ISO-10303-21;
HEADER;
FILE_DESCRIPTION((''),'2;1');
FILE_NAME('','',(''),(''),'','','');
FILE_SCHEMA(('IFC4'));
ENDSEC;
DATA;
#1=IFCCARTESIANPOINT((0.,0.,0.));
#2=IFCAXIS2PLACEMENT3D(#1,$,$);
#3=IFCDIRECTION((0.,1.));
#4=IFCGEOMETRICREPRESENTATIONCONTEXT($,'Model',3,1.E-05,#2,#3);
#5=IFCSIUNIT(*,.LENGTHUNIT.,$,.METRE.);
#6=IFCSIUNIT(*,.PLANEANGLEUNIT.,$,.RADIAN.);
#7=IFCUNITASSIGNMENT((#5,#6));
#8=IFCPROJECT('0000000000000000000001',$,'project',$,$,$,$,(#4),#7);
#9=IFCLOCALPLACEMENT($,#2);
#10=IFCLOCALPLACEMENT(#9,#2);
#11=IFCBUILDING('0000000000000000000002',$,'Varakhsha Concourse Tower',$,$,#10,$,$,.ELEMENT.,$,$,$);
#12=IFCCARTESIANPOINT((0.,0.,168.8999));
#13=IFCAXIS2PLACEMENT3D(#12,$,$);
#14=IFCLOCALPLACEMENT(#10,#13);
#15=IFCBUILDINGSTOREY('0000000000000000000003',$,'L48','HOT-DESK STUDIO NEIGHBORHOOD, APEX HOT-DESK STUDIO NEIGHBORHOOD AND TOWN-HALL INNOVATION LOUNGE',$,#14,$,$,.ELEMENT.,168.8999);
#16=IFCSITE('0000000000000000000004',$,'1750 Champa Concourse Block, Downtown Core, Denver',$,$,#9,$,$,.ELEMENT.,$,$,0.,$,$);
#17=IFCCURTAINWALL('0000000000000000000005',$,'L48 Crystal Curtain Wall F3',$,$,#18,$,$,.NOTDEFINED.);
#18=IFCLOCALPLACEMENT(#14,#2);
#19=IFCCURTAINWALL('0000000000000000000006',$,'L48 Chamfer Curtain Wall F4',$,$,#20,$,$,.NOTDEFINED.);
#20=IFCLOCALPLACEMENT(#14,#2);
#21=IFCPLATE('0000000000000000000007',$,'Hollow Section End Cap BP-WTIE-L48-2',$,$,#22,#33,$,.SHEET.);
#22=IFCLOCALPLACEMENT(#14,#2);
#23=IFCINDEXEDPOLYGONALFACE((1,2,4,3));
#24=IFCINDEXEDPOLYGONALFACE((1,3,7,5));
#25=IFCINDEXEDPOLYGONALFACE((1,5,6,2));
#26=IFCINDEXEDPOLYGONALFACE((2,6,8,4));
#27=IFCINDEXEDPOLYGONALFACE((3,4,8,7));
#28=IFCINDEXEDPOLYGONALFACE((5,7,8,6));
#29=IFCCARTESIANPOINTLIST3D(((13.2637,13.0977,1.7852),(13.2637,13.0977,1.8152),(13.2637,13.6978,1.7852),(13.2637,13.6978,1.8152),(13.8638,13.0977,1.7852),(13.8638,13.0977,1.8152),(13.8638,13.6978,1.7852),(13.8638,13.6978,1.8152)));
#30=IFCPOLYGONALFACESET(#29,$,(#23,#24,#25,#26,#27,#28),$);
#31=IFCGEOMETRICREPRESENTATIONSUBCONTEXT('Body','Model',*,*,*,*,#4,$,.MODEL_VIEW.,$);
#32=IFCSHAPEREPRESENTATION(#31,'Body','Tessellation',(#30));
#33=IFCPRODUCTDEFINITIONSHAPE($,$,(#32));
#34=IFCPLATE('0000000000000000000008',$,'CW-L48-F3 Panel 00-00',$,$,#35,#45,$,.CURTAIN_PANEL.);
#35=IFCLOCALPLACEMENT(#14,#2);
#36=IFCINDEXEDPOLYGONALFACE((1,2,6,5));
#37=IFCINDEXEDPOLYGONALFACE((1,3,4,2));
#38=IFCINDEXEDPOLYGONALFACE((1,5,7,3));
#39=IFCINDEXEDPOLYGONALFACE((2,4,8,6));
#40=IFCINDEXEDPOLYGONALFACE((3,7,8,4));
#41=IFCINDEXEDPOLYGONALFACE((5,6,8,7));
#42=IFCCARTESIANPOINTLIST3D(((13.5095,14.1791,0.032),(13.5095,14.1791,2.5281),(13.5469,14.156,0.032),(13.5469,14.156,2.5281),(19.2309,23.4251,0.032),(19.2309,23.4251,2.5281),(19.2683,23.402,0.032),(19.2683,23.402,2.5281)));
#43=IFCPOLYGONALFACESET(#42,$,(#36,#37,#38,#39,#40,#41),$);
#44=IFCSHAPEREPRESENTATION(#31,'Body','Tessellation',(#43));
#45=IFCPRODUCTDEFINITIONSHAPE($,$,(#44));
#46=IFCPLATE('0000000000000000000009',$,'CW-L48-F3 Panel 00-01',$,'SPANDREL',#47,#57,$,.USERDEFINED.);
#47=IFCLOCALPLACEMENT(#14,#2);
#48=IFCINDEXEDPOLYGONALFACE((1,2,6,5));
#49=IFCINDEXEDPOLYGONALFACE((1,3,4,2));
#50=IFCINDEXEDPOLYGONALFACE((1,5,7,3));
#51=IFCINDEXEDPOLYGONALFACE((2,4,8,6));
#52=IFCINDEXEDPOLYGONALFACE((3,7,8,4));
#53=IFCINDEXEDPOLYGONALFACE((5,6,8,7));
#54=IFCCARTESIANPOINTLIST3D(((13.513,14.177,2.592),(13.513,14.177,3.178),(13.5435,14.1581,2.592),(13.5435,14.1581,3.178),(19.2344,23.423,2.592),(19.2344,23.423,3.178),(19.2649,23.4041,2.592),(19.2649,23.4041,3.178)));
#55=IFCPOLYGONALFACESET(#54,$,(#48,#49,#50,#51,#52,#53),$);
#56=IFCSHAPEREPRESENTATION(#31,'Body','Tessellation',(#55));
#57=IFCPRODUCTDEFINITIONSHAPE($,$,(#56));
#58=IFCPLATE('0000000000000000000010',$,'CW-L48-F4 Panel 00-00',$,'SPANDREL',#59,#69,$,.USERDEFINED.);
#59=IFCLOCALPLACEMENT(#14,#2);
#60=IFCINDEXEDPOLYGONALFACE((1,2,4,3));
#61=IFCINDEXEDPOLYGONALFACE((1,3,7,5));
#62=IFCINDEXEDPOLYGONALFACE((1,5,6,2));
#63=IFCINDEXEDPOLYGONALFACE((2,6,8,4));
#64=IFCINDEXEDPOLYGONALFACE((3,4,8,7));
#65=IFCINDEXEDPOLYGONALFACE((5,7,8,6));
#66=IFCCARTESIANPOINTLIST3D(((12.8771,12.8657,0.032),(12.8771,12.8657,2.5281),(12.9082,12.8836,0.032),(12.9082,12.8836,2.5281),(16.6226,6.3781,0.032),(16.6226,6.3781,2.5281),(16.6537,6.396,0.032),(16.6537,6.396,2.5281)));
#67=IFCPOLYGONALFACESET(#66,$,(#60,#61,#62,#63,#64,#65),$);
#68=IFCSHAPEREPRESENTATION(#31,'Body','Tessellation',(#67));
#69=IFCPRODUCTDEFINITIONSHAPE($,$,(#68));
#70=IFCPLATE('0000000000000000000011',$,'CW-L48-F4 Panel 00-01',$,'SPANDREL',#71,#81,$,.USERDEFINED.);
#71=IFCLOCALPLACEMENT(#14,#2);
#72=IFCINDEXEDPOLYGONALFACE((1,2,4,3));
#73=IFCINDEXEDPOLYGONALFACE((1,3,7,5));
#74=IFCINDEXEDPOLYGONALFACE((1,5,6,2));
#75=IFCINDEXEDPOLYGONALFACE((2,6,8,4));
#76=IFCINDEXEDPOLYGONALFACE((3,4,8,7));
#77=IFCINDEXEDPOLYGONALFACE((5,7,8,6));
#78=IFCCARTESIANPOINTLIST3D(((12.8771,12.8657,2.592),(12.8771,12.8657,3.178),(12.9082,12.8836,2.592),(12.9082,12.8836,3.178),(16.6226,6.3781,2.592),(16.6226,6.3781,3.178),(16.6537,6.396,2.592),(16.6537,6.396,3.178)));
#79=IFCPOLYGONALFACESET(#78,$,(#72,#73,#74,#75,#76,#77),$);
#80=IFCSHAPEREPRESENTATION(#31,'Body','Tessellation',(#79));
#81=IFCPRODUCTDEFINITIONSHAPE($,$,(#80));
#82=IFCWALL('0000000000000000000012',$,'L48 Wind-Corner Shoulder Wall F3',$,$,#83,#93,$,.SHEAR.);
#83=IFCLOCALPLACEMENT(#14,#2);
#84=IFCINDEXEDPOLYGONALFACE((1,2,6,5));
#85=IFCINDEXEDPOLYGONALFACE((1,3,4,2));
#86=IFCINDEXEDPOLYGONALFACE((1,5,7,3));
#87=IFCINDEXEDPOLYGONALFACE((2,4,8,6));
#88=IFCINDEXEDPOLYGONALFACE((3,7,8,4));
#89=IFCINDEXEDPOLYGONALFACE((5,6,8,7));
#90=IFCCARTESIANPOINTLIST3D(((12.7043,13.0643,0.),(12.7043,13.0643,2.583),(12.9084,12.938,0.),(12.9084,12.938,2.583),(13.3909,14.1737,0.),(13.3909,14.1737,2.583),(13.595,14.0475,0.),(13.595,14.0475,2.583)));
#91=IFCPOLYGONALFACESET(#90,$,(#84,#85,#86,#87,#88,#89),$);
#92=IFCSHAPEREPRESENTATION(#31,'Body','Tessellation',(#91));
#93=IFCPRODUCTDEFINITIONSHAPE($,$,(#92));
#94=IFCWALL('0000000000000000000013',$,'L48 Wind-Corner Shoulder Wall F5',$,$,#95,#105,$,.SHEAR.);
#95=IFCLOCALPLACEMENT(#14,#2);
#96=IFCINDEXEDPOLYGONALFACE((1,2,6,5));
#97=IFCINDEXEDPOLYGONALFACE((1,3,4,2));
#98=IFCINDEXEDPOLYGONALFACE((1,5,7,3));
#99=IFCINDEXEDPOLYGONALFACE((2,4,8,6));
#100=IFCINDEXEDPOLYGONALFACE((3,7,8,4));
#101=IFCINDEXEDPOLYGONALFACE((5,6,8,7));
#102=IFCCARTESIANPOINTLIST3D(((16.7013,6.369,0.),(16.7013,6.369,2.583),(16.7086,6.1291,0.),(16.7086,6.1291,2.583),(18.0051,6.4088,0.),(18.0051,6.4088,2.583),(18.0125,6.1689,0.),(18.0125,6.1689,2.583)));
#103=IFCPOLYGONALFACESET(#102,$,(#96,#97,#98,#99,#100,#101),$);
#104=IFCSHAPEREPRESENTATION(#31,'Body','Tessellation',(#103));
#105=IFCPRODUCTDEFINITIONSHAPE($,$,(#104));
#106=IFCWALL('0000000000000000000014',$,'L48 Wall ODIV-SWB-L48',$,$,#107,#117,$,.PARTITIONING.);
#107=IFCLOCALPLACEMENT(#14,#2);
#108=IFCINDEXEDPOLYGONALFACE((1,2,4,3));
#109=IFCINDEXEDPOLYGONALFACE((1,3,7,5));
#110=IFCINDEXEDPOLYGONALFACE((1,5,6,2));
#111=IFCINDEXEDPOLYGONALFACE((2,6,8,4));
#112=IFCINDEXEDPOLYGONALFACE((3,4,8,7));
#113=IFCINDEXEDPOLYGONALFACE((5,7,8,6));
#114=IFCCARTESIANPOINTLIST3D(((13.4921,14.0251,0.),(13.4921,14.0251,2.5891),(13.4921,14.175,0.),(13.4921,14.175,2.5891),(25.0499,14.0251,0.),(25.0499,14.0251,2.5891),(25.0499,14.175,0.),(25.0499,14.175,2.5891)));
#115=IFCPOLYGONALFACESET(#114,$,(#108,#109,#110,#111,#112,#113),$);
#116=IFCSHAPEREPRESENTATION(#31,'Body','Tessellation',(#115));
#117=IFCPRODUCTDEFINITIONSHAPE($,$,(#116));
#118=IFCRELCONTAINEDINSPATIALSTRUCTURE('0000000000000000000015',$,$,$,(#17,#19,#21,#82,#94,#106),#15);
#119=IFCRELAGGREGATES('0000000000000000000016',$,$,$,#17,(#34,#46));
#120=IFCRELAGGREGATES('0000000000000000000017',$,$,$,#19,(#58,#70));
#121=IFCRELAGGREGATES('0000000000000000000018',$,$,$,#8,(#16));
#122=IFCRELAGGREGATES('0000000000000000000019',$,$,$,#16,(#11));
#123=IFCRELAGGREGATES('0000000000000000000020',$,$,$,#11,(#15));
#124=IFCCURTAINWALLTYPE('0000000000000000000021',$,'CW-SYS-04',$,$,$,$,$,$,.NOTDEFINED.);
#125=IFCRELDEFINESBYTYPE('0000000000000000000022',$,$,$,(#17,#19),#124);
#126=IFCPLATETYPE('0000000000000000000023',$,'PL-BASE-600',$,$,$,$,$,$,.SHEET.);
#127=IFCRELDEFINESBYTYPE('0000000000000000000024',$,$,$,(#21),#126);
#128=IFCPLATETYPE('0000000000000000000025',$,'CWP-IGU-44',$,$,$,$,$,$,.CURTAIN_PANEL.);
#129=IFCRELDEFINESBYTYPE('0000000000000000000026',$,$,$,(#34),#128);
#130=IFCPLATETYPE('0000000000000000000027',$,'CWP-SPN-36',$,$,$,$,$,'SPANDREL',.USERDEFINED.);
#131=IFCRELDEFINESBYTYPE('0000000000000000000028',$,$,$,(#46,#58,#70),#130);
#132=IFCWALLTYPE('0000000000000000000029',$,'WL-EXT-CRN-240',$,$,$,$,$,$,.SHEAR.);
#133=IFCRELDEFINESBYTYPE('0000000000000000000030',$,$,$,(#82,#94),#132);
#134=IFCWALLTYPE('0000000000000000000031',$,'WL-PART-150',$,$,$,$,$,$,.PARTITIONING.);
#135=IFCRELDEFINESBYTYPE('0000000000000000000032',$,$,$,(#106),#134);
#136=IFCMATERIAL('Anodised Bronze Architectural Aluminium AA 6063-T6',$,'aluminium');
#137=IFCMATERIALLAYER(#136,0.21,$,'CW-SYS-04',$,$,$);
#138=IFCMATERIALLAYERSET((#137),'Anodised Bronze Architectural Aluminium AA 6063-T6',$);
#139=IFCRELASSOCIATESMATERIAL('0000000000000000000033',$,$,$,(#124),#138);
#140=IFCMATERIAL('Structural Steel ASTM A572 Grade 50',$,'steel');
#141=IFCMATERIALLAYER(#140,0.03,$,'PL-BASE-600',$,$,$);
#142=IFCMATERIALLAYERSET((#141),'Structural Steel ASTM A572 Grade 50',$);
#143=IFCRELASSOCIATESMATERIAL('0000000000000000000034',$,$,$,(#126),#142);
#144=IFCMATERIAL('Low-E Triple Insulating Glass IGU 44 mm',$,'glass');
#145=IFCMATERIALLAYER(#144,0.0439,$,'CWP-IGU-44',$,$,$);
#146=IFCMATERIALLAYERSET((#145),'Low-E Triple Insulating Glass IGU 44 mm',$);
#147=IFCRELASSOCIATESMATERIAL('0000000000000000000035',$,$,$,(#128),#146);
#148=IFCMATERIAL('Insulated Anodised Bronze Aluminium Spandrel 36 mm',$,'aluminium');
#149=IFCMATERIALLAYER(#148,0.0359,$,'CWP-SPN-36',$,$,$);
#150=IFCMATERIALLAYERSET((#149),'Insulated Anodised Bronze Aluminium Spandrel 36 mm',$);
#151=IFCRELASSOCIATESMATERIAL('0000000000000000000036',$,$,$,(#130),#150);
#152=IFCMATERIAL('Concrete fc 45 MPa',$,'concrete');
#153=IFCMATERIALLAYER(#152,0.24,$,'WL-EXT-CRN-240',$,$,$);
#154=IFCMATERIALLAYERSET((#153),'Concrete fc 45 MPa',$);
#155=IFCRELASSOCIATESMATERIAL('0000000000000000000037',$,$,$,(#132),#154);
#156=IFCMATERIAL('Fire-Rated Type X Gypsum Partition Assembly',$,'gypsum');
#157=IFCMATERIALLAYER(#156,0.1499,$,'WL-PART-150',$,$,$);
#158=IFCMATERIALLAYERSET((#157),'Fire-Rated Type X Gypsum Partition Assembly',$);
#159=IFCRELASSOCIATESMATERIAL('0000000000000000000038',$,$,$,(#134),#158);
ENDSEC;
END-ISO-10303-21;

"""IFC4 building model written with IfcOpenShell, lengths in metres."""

from ifc_helpers import new_model, si_unit, direction, frame, frame_2d, origin, origin_2d, place, context, subcontext, project, spatial, rectangle, extrude, source, transform, mapped, material, layer, layer_set, type_object, type_shapes, element, aggregate, save


model = new_model("IFC4")

# Units and contexts
model_context = context("Model", 3, precision=1e-05, world=origin(), true_north=direction((0.0, 1.0)))
body_context = subcontext(model_context, "Body", "Model", "MODEL_VIEW")
ifc_project = project(units=[si_unit("LENGTHUNIT", "METRE"), si_unit("PLANEANGLEUNIT", "RADIAN")], contexts=[model_context])

# Site, building, storey
site_placement = place(None, origin())
site = spatial("IfcSite", under=ifc_project, at=site_placement, Name="1750 Champa Concourse Block, Downtown Core, Denver", CompositionType="ELEMENT", RefElevation=0.0)
building_placement = place(site_placement, origin())
building = spatial("IfcBuilding", under=site, at=building_placement, Name="Varakhsha Concourse Tower", CompositionType="ELEMENT")
storey_placement = place(building_placement, frame((0.0, 0.0, 168.8999)))
storey = spatial("IfcBuildingStorey", under=building, at=storey_placement, Name="L48", Description="HOT-DESK STUDIO NEIGHBORHOOD, APEX HOT-DESK STUDIO NEIGHBORHOOD AND TOWN-HALL INNOVATION LOUNGE", CompositionType="ELEMENT", Elevation=168.8999)

# Shared definitions
ifc_material_1 = material(Name="Structural Steel ASTM A572 Grade 50", Category="steel")

# Curtain wall
ifc_material_2 = material(Name="Anodised Bronze Architectural Aluminium AA 6063-T6", Category="aluminium")
ifc_layer_1 = layer(ifc_material_2, 0.21, Name="CW-SYS-04")
ifc_layer_set_1 = layer_set([ifc_layer_1], Name="Anodised Bronze Architectural Aluminium AA 6063-T6")
curtain_wall_type = type_object("IfcCurtainWallType", Name="CW-SYS-04", PredefinedType="NOTDEFINED", material=ifc_layer_set_1)
curtain_wall_1_placement = place(storey_placement, origin())
curtain_wall_1 = element("IfcCurtainWall", 1, at=curtain_wall_1_placement, inside=storey, type_object=curtain_wall_type, Name="L48 Crystal Curtain Wall F3", PredefinedType="NOTDEFINED")

# Curtain wall
curtain_wall_2_placement = place(storey_placement, origin())
curtain_wall_2 = element("IfcCurtainWall", 2, at=curtain_wall_2_placement, inside=storey, type_object=curtain_wall_type, Name="L48 Chamfer Curtain Wall F4", PredefinedType="NOTDEFINED")

# Shared definitions
ifc_material_3 = material(Name="Concrete fc 45 MPa", Category="concrete")

# Plate
ifc_layer_2 = layer(ifc_material_1, 0.03, Name="PL-BASE-600")
ifc_layer_set_2 = layer_set([ifc_layer_2], Name="Structural Steel ASTM A572 Grade 50")
plate_type_1 = type_object("IfcPlateType", Name="PL-BASE-600", PredefinedType="SHEET", material=ifc_layer_set_2)
shared_shape_1 = source(origin(), body_context, "Body", "SweptSolid", [
    extrude(rectangle(XDim=0.6001, YDim=0.6001, at=origin_2d()), origin(), (0.0, 0.0, 1.0), 0.03),
])
type_shapes(plate_type_1, [shared_shape_1])
plate_1_placement = place(storey_placement, frame((13.5637, 13.3977, 1.7852), z_axis=(0.0, 0.0, 1.0), x_axis=(1.0, 0.0, 0.0)))
element("IfcPlate", 3, at=plate_1_placement, inside=storey, type_object=plate_type_1, Name="Hollow Section End Cap BP-WTIE-L48-2", PredefinedType="SHEET", context=body_context, shape_type="MappedRepresentation", body=[
    mapped(shared_shape_1, transform((0.0, 0.0, 0.0), scale=1.0)),
])

# Plates
ifc_material_4 = material(Name="Low-E Triple Insulating Glass IGU 44 mm", Category="glass")
ifc_layer_3 = layer(ifc_material_4, 0.0439, Name="CWP-IGU-44")
ifc_layer_set_3 = layer_set([ifc_layer_3], Name="Low-E Triple Insulating Glass IGU 44 mm")
plate_type_2 = type_object("IfcPlateType", Name="CWP-IGU-44", PredefinedType="CURTAIN_PANEL", material=ifc_layer_set_3)
shared_shape_2 = source(origin(), body_context, "Body", "SweptSolid", [
    extrude(rectangle(XDim=10.873, YDim=0.0439, at=origin_2d()), origin(), (0.0, 0.0, 1.0), 2.4961),
])
type_shapes(plate_type_2, [shared_shape_2])
plate_2_placement = place(storey_placement, frame((16.3889, 18.7905, 0.032), z_axis=(0.0, 0.0, 1.0), x_axis=(0.526199, 0.850361, 0.0)))
plate_2 = element("IfcPlate", 4, at=plate_2_placement, type_object=plate_type_2, Name="CW-L48-F3 Panel 00-00", PredefinedType="CURTAIN_PANEL", context=body_context, shape_type="MappedRepresentation", body=[
    mapped(shared_shape_2, transform((0.0, 0.0, 0.0), scale=1.0)),
])
ifc_material_5 = material(Name="Insulated Anodised Bronze Aluminium Spandrel 36 mm", Category="aluminium")
ifc_layer_4 = layer(ifc_material_5, 0.0359, Name="CWP-SPN-36")
ifc_layer_set_4 = layer_set([ifc_layer_4], Name="Insulated Anodised Bronze Aluminium Spandrel 36 mm")
plate_type_3 = type_object("IfcPlateType", Name="CWP-SPN-36", ElementType="SPANDREL", PredefinedType="USERDEFINED", material=ifc_layer_set_4)
shared_shape_3 = source(origin(), body_context, "Body", "SweptSolid", [
    extrude(rectangle(XDim=10.873, YDim=0.0359, at=origin_2d()), origin(), (0.0, 0.0, 1.0), 0.5859),
])
plate_3_placement = place(storey_placement, frame((16.3889, 18.7905, 2.592), z_axis=(0.0, 0.0, 1.0), x_axis=(0.526199, 0.850361, 0.0)))
plate_3 = element("IfcPlate", 5, at=plate_3_placement, type_object=plate_type_3, Name="CW-L48-F3 Panel 00-01", ObjectType="SPANDREL", PredefinedType="USERDEFINED", context=body_context, shape_type="MappedRepresentation", body=[
    mapped(shared_shape_3, transform((0.0, 0.0, 0.0), scale=1.0)),
])
aggregate(curtain_wall_1, [plate_2, plate_3])
shared_shape_4 = source(origin(), body_context, "Body", "SweptSolid", [
    extrude(rectangle(XDim=7.4912, YDim=0.0359, at=origin_2d()), origin(), (0.0, 0.0, 1.0), 2.4961),
])
plate_4_placement = place(storey_placement, frame((14.7654, 9.6309, 0.032), z_axis=(0.0, 0.0, 1.0), x_axis=(-0.499991, 0.866031, 0.0)))
plate_4 = element("IfcPlate", 6, at=plate_4_placement, type_object=plate_type_3, Name="CW-L48-F4 Panel 00-00", ObjectType="SPANDREL", PredefinedType="USERDEFINED", context=body_context, shape_type="MappedRepresentation", body=[
    mapped(shared_shape_4, transform((0.0, 0.0, 0.0), scale=1.0)),
])
shared_shape_5 = source(origin(), body_context, "Body", "SweptSolid", [
    extrude(rectangle(XDim=7.4912, YDim=0.0359, at=origin_2d()), origin(), (0.0, 0.0, 1.0), 0.5859),
])
type_shapes(plate_type_3, [shared_shape_3, shared_shape_4, shared_shape_5])
plate_5_placement = place(storey_placement, frame((14.7654, 9.6309, 2.592), z_axis=(0.0, 0.0, 1.0), x_axis=(-0.499991, 0.866031, 0.0)))
plate_5 = element("IfcPlate", 7, at=plate_5_placement, type_object=plate_type_3, Name="CW-L48-F4 Panel 00-01", ObjectType="SPANDREL", PredefinedType="USERDEFINED", context=body_context, shape_type="MappedRepresentation", body=[
    mapped(shared_shape_5, transform((0.0, 0.0, 0.0), scale=1.0)),
])
aggregate(curtain_wall_2, [plate_4, plate_5])

# Walls
ifc_layer_5 = layer(ifc_material_3, 0.24, Name="WL-EXT-CRN-240")
ifc_layer_set_5 = layer_set([ifc_layer_5], Name="Concrete fc 45 MPa")
wall_type_1 = type_object("IfcWallType", Name="WL-EXT-CRN-240", PredefinedType="SHEAR", material=ifc_layer_set_5)
wall_1_placement = place(storey_placement, frame((13.4929, 14.1106, 0.0), z_axis=(0.0, 0.0, 1.0), x_axis=(-0.526226, -0.850345, 0.0)))
element("IfcWall", 8, at=wall_1_placement, inside=storey, type_object=wall_type_1, Name="L48 Wind-Corner Shoulder Wall F3", PredefinedType="SHEAR", context=body_context, shape_type="SweptSolid", body=[
    extrude(rectangle(XDim=1.3047, YDim=0.24, at=frame_2d((0.6523, 0.0))), origin(), (0.0, 0.0, 1.0), 2.583),
])
wall_2_placement = place(storey_placement, frame((16.7048, 6.249, 0.0), z_axis=(0.0, 0.0, 1.0), x_axis=(0.999535, 0.030504, 0.0)))
element("IfcWall", 9, at=wall_2_placement, inside=storey, type_object=wall_type_1, Name="L48 Wind-Corner Shoulder Wall F5", PredefinedType="SHEAR", context=body_context, shape_type="SweptSolid", body=[
    extrude(rectangle(XDim=1.3044, YDim=0.24, at=frame_2d((0.6523, 0.0))), origin(), (0.0, 0.0, 1.0), 2.583),
])
ifc_material_6 = material(Name="Fire-Rated Type X Gypsum Partition Assembly", Category="gypsum")
ifc_layer_6 = layer(ifc_material_6, 0.1499, Name="WL-PART-150")
ifc_layer_set_6 = layer_set([ifc_layer_6], Name="Fire-Rated Type X Gypsum Partition Assembly")
wall_type_2 = type_object("IfcWallType", Name="WL-PART-150", PredefinedType="PARTITIONING", material=ifc_layer_set_6)
wall_3_placement = place(storey_placement, frame((13.4922, 14.1001, 0.0), z_axis=(0.0, 0.0, 1.0), x_axis=(1.0, 0.0, 0.0)))
element("IfcWall", 10, at=wall_3_placement, inside=storey, type_object=wall_type_2, Name="L48 Wall ODIV-SWB-L48", PredefinedType="PARTITIONING", context=body_context, shape_type="SweptSolid", body=[
    extrude(rectangle(XDim=11.5579, YDim=0.1499, at=frame_2d((5.7788, 0.0))), origin(), (0.0, 0.0, 1.0), 2.5891),
])

save(model, "model.ifc")
